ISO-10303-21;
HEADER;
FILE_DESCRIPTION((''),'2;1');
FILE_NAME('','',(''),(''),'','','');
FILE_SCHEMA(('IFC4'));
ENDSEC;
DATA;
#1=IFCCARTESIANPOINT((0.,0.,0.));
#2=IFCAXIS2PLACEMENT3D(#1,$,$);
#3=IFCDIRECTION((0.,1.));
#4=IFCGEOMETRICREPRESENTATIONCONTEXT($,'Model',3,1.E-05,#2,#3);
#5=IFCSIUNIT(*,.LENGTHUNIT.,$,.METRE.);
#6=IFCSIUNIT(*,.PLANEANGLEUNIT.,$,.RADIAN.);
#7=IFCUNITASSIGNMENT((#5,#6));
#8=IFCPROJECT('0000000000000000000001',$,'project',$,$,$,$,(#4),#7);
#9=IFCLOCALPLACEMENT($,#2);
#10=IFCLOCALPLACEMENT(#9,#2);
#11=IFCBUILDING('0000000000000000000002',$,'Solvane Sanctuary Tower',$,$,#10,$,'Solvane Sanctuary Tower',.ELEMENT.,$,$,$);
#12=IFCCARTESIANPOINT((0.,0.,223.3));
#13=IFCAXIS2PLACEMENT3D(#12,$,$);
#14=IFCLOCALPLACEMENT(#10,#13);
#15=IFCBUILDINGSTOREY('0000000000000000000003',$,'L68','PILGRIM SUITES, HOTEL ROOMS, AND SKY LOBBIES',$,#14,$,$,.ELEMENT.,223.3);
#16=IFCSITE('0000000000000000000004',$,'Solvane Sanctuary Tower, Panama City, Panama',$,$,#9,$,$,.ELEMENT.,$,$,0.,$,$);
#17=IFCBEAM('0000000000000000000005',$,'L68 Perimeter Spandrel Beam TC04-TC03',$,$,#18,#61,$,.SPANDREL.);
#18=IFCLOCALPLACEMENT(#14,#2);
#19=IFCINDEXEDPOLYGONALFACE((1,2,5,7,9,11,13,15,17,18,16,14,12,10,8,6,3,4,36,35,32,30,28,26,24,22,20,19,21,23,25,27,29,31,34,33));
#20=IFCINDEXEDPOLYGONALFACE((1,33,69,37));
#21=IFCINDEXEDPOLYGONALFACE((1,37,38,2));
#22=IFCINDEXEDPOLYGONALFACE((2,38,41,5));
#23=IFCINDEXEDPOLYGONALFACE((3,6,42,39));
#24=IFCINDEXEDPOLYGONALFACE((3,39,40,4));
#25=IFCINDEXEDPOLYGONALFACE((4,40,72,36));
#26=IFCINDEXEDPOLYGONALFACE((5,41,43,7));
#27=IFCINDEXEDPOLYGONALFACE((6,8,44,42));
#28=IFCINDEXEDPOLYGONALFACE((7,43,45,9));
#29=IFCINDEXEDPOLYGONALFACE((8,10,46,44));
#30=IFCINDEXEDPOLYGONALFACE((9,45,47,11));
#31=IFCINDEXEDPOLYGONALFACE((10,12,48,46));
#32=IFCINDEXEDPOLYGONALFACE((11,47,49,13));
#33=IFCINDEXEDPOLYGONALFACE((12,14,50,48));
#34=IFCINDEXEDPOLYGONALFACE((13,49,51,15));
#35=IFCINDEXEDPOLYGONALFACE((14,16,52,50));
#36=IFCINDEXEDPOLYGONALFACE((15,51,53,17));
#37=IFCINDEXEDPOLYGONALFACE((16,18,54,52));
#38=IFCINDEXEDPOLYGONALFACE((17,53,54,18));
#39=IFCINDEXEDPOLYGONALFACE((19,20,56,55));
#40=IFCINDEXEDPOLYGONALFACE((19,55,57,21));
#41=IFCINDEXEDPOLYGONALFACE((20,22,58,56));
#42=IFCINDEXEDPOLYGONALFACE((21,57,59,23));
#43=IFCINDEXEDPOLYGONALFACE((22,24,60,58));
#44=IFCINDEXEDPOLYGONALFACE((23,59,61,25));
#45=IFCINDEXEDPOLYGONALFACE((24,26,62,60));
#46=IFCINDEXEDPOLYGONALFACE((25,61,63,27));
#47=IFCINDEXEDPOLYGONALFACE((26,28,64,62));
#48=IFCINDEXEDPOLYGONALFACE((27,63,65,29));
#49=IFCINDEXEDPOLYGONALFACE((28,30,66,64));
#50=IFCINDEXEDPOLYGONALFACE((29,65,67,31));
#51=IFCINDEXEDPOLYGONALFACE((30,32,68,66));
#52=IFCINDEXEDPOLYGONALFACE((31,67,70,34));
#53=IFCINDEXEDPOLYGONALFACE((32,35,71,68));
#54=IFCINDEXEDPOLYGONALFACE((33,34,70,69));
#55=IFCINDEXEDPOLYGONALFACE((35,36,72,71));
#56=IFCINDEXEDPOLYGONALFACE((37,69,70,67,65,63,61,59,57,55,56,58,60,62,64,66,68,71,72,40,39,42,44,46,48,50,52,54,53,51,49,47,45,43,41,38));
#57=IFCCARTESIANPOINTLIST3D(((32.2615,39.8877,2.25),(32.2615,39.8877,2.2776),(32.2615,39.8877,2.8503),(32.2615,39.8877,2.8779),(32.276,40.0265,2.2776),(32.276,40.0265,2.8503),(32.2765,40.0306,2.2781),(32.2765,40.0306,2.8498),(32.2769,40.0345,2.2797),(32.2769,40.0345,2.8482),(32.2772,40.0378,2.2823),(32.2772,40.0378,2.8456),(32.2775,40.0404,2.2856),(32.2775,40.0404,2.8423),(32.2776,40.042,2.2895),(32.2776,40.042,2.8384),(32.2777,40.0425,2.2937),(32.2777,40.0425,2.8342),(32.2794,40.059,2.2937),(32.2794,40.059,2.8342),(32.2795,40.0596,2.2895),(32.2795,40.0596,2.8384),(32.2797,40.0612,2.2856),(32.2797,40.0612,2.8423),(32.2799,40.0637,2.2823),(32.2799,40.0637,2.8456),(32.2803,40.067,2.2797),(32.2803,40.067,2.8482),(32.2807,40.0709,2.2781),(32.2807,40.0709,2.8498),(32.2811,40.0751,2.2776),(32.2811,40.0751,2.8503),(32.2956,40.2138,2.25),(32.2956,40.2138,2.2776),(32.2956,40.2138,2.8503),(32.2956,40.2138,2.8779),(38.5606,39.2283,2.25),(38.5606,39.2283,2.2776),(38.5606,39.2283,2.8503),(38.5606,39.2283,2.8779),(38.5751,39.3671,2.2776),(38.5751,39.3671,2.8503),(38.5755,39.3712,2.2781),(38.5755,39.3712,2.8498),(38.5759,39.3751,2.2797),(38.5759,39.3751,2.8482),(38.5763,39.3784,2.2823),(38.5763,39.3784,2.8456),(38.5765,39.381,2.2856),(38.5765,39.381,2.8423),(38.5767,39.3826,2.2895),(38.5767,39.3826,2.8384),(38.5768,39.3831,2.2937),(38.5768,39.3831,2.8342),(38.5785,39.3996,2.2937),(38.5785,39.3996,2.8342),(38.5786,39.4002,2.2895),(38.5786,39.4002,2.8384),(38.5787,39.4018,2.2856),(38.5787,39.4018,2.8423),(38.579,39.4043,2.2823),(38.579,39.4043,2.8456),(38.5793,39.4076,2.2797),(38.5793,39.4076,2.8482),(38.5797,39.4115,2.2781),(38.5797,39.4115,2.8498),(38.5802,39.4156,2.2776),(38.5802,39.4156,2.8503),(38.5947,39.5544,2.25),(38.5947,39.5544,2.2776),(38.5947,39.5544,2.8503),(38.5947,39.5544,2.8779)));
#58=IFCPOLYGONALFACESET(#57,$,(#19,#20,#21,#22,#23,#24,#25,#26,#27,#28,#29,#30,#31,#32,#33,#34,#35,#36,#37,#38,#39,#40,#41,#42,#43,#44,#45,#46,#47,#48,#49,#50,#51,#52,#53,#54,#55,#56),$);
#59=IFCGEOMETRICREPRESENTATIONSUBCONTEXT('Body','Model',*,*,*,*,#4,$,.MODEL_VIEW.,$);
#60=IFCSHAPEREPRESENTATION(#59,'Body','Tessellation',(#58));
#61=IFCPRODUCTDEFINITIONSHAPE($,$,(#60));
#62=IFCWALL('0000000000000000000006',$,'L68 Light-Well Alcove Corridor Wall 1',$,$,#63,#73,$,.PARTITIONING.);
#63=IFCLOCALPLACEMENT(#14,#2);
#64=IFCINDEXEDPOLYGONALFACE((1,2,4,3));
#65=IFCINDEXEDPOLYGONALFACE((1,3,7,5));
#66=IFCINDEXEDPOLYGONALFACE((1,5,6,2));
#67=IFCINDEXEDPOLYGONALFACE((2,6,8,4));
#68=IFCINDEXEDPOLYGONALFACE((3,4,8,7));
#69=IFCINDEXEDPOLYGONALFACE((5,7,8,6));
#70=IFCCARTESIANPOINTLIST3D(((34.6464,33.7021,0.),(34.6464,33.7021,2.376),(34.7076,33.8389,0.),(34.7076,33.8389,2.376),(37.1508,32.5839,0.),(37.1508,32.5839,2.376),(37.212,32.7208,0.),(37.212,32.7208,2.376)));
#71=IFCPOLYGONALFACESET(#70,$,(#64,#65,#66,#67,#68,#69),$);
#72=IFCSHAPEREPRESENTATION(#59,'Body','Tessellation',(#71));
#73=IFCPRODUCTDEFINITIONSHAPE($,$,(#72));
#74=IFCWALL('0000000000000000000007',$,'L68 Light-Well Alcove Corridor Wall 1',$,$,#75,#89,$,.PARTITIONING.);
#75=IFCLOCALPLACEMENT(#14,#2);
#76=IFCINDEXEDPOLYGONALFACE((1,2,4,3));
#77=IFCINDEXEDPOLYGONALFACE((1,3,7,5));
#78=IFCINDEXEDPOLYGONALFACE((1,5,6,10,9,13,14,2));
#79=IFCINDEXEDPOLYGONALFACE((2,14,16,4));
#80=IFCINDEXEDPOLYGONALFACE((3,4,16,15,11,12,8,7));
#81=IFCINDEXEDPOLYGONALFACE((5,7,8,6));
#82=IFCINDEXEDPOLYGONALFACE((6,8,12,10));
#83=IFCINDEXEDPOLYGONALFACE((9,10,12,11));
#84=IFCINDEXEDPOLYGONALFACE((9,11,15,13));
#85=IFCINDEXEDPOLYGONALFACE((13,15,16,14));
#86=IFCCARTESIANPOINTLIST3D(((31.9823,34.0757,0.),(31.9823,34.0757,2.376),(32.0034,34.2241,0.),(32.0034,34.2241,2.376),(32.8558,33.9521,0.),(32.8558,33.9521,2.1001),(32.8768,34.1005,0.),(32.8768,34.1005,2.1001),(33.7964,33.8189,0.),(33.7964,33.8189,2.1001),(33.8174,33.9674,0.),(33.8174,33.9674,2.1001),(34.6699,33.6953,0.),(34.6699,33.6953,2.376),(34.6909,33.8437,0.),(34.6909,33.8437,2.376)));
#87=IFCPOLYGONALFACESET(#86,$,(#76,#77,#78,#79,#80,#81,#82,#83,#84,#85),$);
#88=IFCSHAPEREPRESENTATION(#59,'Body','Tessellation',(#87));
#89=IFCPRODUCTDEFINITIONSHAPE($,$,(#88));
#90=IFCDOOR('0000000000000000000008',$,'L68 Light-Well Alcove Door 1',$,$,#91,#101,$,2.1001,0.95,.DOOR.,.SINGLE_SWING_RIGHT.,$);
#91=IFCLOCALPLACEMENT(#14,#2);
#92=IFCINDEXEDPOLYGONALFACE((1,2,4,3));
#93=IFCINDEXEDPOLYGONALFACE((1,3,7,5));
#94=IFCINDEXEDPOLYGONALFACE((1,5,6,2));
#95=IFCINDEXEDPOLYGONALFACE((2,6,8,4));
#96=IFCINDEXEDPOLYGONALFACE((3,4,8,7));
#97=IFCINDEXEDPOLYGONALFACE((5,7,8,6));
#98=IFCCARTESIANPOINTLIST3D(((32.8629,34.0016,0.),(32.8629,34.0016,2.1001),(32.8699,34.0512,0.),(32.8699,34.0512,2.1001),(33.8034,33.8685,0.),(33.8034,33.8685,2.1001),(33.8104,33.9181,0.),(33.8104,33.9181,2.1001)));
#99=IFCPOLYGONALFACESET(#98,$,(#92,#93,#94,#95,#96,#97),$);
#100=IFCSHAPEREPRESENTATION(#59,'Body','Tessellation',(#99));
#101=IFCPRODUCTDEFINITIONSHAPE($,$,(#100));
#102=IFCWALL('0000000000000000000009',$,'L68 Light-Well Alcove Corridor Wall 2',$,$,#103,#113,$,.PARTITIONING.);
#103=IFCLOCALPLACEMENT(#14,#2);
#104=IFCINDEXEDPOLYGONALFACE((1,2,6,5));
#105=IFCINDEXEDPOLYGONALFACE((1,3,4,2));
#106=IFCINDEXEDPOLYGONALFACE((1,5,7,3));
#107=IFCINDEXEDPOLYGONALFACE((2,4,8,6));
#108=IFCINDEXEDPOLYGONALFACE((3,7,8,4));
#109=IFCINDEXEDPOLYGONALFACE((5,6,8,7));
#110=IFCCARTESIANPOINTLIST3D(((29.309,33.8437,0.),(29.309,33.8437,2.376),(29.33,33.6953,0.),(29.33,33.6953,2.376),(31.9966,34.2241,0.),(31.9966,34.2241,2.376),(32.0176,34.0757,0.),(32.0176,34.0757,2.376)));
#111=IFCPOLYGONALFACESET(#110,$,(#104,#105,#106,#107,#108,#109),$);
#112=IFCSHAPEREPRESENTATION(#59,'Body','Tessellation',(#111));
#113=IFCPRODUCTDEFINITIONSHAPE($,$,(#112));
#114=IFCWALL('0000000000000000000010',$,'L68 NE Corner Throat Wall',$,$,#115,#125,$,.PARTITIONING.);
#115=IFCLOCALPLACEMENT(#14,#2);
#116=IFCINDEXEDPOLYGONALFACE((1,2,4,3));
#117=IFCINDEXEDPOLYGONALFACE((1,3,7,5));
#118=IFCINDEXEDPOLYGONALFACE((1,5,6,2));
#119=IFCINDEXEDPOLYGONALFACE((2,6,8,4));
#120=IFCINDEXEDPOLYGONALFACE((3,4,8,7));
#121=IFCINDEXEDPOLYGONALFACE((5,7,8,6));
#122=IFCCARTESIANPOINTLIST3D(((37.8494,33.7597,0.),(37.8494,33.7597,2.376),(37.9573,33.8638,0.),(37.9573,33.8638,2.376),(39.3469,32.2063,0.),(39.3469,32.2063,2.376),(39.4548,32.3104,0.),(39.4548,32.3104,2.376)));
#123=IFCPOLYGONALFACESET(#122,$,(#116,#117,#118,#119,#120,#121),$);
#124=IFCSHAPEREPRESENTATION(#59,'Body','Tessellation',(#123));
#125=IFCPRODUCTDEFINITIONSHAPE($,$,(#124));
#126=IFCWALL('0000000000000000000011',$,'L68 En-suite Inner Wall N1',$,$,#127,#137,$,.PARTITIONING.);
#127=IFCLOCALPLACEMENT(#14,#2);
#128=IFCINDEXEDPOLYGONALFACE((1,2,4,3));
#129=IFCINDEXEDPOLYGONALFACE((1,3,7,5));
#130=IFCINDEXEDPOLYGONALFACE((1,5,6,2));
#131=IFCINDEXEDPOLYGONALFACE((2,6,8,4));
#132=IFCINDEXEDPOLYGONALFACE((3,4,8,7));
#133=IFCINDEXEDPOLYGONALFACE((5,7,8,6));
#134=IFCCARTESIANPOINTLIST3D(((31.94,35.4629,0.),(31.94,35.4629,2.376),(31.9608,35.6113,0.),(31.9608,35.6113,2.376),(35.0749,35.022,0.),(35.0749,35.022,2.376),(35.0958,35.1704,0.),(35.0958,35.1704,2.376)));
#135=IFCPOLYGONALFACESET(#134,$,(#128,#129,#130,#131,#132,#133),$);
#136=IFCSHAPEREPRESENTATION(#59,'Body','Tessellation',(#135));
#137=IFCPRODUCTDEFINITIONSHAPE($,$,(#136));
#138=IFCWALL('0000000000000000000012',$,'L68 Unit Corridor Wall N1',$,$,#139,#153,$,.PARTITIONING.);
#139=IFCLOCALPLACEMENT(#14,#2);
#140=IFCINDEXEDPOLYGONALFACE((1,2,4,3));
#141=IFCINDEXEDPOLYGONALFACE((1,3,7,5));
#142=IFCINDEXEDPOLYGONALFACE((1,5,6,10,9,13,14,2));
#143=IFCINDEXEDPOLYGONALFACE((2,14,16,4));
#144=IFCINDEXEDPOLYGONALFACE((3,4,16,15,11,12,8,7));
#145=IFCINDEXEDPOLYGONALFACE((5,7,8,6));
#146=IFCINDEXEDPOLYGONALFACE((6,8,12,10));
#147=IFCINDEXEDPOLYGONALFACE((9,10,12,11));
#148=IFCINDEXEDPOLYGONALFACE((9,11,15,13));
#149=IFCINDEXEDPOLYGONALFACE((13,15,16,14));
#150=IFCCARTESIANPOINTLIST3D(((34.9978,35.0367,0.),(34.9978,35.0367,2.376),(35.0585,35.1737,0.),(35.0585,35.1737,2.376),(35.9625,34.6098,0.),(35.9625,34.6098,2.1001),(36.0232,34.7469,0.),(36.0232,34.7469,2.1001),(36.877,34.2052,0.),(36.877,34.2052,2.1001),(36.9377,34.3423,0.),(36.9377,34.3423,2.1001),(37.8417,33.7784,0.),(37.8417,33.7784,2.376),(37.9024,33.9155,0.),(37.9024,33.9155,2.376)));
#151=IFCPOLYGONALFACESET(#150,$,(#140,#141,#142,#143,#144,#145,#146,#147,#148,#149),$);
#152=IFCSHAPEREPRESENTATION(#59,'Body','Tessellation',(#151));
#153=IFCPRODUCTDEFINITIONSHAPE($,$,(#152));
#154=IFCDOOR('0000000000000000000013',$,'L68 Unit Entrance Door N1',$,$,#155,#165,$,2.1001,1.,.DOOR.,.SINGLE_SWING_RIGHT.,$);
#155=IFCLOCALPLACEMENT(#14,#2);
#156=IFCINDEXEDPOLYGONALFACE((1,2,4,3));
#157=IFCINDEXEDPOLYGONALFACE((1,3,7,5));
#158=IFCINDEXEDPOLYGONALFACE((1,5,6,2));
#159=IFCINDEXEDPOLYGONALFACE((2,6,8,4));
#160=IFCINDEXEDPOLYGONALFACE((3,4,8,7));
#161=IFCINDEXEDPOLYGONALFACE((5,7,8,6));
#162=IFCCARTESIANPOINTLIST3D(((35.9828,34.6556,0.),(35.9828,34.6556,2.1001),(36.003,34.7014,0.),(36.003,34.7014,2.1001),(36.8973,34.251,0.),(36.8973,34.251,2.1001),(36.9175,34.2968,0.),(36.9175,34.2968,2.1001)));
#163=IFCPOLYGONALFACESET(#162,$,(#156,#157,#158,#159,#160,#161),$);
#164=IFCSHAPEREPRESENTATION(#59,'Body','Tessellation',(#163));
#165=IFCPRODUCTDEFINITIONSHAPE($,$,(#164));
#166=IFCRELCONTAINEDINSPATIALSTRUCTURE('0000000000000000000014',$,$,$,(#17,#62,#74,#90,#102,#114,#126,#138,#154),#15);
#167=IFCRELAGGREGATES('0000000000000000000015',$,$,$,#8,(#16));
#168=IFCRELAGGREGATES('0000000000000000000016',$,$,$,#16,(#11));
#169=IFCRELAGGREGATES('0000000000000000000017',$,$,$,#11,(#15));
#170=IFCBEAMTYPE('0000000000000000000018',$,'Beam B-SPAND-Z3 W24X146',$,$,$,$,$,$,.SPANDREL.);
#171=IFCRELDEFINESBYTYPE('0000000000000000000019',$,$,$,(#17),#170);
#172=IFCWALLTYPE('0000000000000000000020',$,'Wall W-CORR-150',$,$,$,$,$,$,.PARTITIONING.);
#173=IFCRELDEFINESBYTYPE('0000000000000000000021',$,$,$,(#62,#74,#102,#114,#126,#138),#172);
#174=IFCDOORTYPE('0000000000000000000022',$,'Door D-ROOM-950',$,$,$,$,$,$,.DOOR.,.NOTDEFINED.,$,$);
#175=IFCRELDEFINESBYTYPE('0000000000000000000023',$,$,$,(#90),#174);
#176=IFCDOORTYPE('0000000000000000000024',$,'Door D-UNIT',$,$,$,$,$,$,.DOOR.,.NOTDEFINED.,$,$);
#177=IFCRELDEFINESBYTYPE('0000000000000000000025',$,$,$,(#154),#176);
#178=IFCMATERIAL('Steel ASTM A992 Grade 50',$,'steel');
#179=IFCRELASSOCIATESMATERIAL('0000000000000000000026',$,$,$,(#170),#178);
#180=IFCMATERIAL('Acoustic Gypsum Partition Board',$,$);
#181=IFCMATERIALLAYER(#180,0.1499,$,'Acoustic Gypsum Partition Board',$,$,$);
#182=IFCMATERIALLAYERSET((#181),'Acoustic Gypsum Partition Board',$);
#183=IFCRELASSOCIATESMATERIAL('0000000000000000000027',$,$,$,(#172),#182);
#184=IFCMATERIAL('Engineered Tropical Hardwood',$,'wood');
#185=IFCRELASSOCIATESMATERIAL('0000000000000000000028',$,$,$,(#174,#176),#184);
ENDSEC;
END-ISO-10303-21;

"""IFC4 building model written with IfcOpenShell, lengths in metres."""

from ifc_helpers import new_model, si_unit, direction, frame, frame_2d, origin, origin_2d, place, context, subcontext, project, spatial, rectangle, i_section, extrude, material, layer, layer_set, material_profile, profile_set, type_object, element, fill, save


model = new_model("IFC4")

# Units and contexts
model_context = context("Model", 3, precision=1e-05, world=origin(), true_north=direction((0.0, 1.0)))
body_context = subcontext(model_context, "Body", "Model", "MODEL_VIEW")
ifc_project = project(units=[si_unit("LENGTHUNIT", "METRE"), si_unit("PLANEANGLEUNIT", "RADIAN")], contexts=[model_context])

# Site, building, storey
site_placement = place(None, origin())
site = spatial("IfcSite", under=ifc_project, at=site_placement, Name="Solvane Sanctuary Tower, Panama City, Panama", CompositionType="ELEMENT", RefElevation=0.0)
building_placement = place(site_placement, origin())
building = spatial("IfcBuilding", under=site, at=building_placement, Name="Solvane Sanctuary Tower", LongName="Solvane Sanctuary Tower", CompositionType="ELEMENT")
storey_placement = place(building_placement, frame((0.0, 0.0, 223.3)))
storey = spatial("IfcBuildingStorey", under=building, at=storey_placement, Name="L68", Description="PILGRIM SUITES, HOTEL ROOMS, AND SKY LOBBIES", CompositionType="ELEMENT", Elevation=223.3)

# Beam
ifc_material_1 = material(Name="Steel ASTM A992 Grade 50", Category="steel")
ifc_material_profile_1 = material_profile(ifc_material_1, i_section(OverallWidth=0.3279, OverallDepth=0.6279, WebThickness=0.0166, FlangeThickness=0.0276, FilletRadius=0.0161, at=origin_2d()), Name="W24X146")
ifc_profile_set_1 = profile_set([ifc_material_profile_1], Name="Steel ASTM A992 Grade 50")
beam_type_1 = type_object("IfcBeamType", Name="Beam B-SPAND-Z3 W24X146", PredefinedType="SPANDREL", material=ifc_profile_set_1)
beam_1_placement = place(storey_placement, frame((32.2786, 40.0508, 2.564), z_axis=(0.994565, -0.104117, 0.0), x_axis=(0.104117, 0.994565, 0.0)))
element("IfcBeam", 1, at=beam_1_placement, inside=storey, type_object=beam_type_1, Name="L68 Perimeter Spandrel Beam TC04-TC03", PredefinedType="SPANDREL", context=body_context, shape_type="SweptSolid", body=[
    extrude(i_section(OverallWidth=0.3279, OverallDepth=0.6279, WebThickness=0.0166, FlangeThickness=0.0276, FilletRadius=0.0161, at=origin_2d()), origin(), (0.0, 0.0, 1.0), 6.3335),
])

# Wall
ifc_material_2 = material(Name="Acoustic Gypsum Partition Board")
ifc_layer_1 = layer(ifc_material_2, 0.1499, Name="Acoustic Gypsum Partition Board")
ifc_layer_set_1 = layer_set([ifc_layer_1], Name="Acoustic Gypsum Partition Board")
wall_type_1 = type_object("IfcWallType", Name="Wall W-CORR-150", PredefinedType="PARTITIONING", material=ifc_layer_set_1)
wall_1_placement = place(storey_placement, frame((37.1814, 32.6523, 0.0), z_axis=(0.0, 0.0, 1.0), x_axis=(-0.91312, 0.407691, 0.0)))
element("IfcWall", 2, at=wall_1_placement, inside=storey, type_object=wall_type_1, Name="L68 Light-Well Alcove Corridor Wall 1", PredefinedType="PARTITIONING", context=body_context, shape_type="SweptSolid", body=[
    extrude(rectangle(XDim=2.7427, YDim=0.1499, at=frame_2d((1.3713, 0.0))), origin(), (0.0, 0.0, 1.0), 2.376),
])

# Wall, opening, door
wall_2_placement = place(storey_placement, frame((34.6804, 33.7695, 0.0), z_axis=(0.0, 0.0, 1.0), x_axis=(-0.990132, 0.140137, 0.0)))
wall_2 = element("IfcWall", 3, at=wall_2_placement, inside=storey, type_object=wall_type_1, Name="L68 Light-Well Alcove Corridor Wall 1", PredefinedType="PARTITIONING", context=body_context, shape_type="SweptSolid", body=[
    extrude(rectangle(XDim=2.7144, YDim=0.1499, at=frame_2d((1.3572, 0.0))), origin(), (0.0, 0.0, 1.0), 2.376),
])
opening_1_placement = place(wall_2_placement, frame((0.8821, 0.0, 0.0)))
opening_1 = element("IfcOpeningElement", 4, at=opening_1_placement, cuts=wall_2, PredefinedType="OPENING", context=body_context, shape_type="SweptSolid", body=[
    extrude(rectangle(XDim=0.95, YDim=2.1001, at=frame_2d((0.4751, 1.05))), frame((0.0, 0.085, 0.0), z_axis=(0.0, -1.0, 0.0), x_axis=(1.0, 0.0, 0.0)), (0.0, 0.0, 1.0), 0.1699),
])
ifc_material_3 = material(Name="Engineered Tropical Hardwood", Category="wood")
door_type_1 = type_object("IfcDoorType", Name="Door D-ROOM-950", OperationType="NOTDEFINED", PredefinedType="DOOR", material=ifc_material_3)
door_1_placement = place(opening_1_placement, origin())
door_1 = element("IfcDoor", 5, at=door_1_placement, inside=storey, type_object=door_type_1, Name="L68 Light-Well Alcove Door 1", OperationType="SINGLE_SWING_RIGHT", OverallHeight=2.1001, OverallWidth=0.95, PredefinedType="DOOR", context=body_context, shape_type="SweptSolid", body=[
    extrude(rectangle(XDim=0.95, YDim=2.1001, at=frame_2d((0.4751, 1.05))), frame((0.0, 0.0249, 0.0), z_axis=(0.0, -1.0, 0.0), x_axis=(1.0, 0.0, 0.0)), (0.0, 0.0, 1.0), 0.05),
])
fill(opening_1, door_1)

# Walls
wall_3_placement = place(storey_placement, frame((32.0071, 34.1499, 0.0), z_axis=(0.0, 0.0, 1.0), x_axis=(-0.990132, -0.140137, 0.0)))
element("IfcWall", 6, at=wall_3_placement, inside=storey, type_object=wall_type_1, Name="L68 Light-Well Alcove Corridor Wall 2", PredefinedType="PARTITIONING", context=body_context, shape_type="SweptSolid", body=[
    extrude(rectangle(XDim=2.7144, YDim=0.1499, at=frame_2d((1.3572, 0.0))), origin(), (0.0, 0.0, 1.0), 2.376),
])
wall_4_placement = place(storey_placement, frame((37.9033, 33.8118, 0.0), z_axis=(0.0, 0.0, 1.0), x_axis=(0.694033, -0.719943, 0.0)))
element("IfcWall", 7, at=wall_4_placement, inside=storey, type_object=wall_type_1, Name="L68 NE Corner Throat Wall", PredefinedType="PARTITIONING", context=body_context, shape_type="SweptSolid", body=[
    extrude(rectangle(XDim=2.1577, YDim=0.1499, at=frame_2d((1.0789, 0.0))), origin(), (0.0, 0.0, 1.0), 2.376),
])
wall_5_placement = place(storey_placement, frame((35.0854, 35.0962, 0.0), z_axis=(0.0, 0.0, 1.0), x_axis=(-0.990254, 0.139273, 0.0)))
element("IfcWall", 8, at=wall_5_placement, inside=storey, type_object=wall_type_1, Name="L68 En-suite Inner Wall N1", PredefinedType="PARTITIONING", context=body_context, shape_type="SweptSolid", body=[
    extrude(rectangle(XDim=3.1658, YDim=0.1499, at=frame_2d((1.583, 0.0))), origin(), (0.0, 0.0, 1.0), 2.376),
])

# Wall, opening, door
wall_6_placement = place(storey_placement, frame((37.8721, 33.8469, 0.0), z_axis=(0.0, 0.0, 1.0), x_axis=(-0.91449, 0.404608, 0.0)))
wall_6 = element("IfcWall", 9, at=wall_6_placement, inside=storey, type_object=wall_type_1, Name="L68 Unit Corridor Wall N1", PredefinedType="PARTITIONING", context=body_context, shape_type="SweptSolid", body=[
    extrude(rectangle(XDim=3.1099, YDim=0.1499, at=frame_2d((1.5549, 0.0))), origin(), (0.0, 0.0, 1.0), 2.376),
])
opening_2_placement = place(wall_6_placement, frame((1.0549, 0.0, 0.0)))
opening_2 = element("IfcOpeningElement", 10, at=opening_2_placement, cuts=wall_6, PredefinedType="OPENING", context=body_context, shape_type="SweptSolid", body=[
    extrude(rectangle(XDim=1.0, YDim=2.1001, at=frame_2d((0.5, 1.05))), frame((0.0, 0.085, 0.0), z_axis=(0.0, -1.0, 0.0), x_axis=(1.0, 0.0, 0.0)), (0.0, 0.0, 1.0), 0.1699),
])
door_type_2 = type_object("IfcDoorType", Name="Door D-UNIT", OperationType="NOTDEFINED", PredefinedType="DOOR", material=ifc_material_3)
door_2_placement = place(opening_2_placement, origin())
door_2 = element("IfcDoor", 11, at=door_2_placement, inside=storey, type_object=door_type_2, Name="L68 Unit Entrance Door N1", OperationType="SINGLE_SWING_RIGHT", OverallHeight=2.1001, OverallWidth=1.0, PredefinedType="DOOR", context=body_context, shape_type="SweptSolid", body=[
    extrude(rectangle(XDim=1.0, YDim=2.1001, at=frame_2d((0.5, 1.05))), frame((0.0, 0.0249, 0.0), z_axis=(0.0, -1.0, 0.0), x_axis=(1.0, 0.0, 0.0)), (0.0, 0.0, 1.0), 0.05),
])
fill(opening_2, door_2)

save(model, "model.ifc")
